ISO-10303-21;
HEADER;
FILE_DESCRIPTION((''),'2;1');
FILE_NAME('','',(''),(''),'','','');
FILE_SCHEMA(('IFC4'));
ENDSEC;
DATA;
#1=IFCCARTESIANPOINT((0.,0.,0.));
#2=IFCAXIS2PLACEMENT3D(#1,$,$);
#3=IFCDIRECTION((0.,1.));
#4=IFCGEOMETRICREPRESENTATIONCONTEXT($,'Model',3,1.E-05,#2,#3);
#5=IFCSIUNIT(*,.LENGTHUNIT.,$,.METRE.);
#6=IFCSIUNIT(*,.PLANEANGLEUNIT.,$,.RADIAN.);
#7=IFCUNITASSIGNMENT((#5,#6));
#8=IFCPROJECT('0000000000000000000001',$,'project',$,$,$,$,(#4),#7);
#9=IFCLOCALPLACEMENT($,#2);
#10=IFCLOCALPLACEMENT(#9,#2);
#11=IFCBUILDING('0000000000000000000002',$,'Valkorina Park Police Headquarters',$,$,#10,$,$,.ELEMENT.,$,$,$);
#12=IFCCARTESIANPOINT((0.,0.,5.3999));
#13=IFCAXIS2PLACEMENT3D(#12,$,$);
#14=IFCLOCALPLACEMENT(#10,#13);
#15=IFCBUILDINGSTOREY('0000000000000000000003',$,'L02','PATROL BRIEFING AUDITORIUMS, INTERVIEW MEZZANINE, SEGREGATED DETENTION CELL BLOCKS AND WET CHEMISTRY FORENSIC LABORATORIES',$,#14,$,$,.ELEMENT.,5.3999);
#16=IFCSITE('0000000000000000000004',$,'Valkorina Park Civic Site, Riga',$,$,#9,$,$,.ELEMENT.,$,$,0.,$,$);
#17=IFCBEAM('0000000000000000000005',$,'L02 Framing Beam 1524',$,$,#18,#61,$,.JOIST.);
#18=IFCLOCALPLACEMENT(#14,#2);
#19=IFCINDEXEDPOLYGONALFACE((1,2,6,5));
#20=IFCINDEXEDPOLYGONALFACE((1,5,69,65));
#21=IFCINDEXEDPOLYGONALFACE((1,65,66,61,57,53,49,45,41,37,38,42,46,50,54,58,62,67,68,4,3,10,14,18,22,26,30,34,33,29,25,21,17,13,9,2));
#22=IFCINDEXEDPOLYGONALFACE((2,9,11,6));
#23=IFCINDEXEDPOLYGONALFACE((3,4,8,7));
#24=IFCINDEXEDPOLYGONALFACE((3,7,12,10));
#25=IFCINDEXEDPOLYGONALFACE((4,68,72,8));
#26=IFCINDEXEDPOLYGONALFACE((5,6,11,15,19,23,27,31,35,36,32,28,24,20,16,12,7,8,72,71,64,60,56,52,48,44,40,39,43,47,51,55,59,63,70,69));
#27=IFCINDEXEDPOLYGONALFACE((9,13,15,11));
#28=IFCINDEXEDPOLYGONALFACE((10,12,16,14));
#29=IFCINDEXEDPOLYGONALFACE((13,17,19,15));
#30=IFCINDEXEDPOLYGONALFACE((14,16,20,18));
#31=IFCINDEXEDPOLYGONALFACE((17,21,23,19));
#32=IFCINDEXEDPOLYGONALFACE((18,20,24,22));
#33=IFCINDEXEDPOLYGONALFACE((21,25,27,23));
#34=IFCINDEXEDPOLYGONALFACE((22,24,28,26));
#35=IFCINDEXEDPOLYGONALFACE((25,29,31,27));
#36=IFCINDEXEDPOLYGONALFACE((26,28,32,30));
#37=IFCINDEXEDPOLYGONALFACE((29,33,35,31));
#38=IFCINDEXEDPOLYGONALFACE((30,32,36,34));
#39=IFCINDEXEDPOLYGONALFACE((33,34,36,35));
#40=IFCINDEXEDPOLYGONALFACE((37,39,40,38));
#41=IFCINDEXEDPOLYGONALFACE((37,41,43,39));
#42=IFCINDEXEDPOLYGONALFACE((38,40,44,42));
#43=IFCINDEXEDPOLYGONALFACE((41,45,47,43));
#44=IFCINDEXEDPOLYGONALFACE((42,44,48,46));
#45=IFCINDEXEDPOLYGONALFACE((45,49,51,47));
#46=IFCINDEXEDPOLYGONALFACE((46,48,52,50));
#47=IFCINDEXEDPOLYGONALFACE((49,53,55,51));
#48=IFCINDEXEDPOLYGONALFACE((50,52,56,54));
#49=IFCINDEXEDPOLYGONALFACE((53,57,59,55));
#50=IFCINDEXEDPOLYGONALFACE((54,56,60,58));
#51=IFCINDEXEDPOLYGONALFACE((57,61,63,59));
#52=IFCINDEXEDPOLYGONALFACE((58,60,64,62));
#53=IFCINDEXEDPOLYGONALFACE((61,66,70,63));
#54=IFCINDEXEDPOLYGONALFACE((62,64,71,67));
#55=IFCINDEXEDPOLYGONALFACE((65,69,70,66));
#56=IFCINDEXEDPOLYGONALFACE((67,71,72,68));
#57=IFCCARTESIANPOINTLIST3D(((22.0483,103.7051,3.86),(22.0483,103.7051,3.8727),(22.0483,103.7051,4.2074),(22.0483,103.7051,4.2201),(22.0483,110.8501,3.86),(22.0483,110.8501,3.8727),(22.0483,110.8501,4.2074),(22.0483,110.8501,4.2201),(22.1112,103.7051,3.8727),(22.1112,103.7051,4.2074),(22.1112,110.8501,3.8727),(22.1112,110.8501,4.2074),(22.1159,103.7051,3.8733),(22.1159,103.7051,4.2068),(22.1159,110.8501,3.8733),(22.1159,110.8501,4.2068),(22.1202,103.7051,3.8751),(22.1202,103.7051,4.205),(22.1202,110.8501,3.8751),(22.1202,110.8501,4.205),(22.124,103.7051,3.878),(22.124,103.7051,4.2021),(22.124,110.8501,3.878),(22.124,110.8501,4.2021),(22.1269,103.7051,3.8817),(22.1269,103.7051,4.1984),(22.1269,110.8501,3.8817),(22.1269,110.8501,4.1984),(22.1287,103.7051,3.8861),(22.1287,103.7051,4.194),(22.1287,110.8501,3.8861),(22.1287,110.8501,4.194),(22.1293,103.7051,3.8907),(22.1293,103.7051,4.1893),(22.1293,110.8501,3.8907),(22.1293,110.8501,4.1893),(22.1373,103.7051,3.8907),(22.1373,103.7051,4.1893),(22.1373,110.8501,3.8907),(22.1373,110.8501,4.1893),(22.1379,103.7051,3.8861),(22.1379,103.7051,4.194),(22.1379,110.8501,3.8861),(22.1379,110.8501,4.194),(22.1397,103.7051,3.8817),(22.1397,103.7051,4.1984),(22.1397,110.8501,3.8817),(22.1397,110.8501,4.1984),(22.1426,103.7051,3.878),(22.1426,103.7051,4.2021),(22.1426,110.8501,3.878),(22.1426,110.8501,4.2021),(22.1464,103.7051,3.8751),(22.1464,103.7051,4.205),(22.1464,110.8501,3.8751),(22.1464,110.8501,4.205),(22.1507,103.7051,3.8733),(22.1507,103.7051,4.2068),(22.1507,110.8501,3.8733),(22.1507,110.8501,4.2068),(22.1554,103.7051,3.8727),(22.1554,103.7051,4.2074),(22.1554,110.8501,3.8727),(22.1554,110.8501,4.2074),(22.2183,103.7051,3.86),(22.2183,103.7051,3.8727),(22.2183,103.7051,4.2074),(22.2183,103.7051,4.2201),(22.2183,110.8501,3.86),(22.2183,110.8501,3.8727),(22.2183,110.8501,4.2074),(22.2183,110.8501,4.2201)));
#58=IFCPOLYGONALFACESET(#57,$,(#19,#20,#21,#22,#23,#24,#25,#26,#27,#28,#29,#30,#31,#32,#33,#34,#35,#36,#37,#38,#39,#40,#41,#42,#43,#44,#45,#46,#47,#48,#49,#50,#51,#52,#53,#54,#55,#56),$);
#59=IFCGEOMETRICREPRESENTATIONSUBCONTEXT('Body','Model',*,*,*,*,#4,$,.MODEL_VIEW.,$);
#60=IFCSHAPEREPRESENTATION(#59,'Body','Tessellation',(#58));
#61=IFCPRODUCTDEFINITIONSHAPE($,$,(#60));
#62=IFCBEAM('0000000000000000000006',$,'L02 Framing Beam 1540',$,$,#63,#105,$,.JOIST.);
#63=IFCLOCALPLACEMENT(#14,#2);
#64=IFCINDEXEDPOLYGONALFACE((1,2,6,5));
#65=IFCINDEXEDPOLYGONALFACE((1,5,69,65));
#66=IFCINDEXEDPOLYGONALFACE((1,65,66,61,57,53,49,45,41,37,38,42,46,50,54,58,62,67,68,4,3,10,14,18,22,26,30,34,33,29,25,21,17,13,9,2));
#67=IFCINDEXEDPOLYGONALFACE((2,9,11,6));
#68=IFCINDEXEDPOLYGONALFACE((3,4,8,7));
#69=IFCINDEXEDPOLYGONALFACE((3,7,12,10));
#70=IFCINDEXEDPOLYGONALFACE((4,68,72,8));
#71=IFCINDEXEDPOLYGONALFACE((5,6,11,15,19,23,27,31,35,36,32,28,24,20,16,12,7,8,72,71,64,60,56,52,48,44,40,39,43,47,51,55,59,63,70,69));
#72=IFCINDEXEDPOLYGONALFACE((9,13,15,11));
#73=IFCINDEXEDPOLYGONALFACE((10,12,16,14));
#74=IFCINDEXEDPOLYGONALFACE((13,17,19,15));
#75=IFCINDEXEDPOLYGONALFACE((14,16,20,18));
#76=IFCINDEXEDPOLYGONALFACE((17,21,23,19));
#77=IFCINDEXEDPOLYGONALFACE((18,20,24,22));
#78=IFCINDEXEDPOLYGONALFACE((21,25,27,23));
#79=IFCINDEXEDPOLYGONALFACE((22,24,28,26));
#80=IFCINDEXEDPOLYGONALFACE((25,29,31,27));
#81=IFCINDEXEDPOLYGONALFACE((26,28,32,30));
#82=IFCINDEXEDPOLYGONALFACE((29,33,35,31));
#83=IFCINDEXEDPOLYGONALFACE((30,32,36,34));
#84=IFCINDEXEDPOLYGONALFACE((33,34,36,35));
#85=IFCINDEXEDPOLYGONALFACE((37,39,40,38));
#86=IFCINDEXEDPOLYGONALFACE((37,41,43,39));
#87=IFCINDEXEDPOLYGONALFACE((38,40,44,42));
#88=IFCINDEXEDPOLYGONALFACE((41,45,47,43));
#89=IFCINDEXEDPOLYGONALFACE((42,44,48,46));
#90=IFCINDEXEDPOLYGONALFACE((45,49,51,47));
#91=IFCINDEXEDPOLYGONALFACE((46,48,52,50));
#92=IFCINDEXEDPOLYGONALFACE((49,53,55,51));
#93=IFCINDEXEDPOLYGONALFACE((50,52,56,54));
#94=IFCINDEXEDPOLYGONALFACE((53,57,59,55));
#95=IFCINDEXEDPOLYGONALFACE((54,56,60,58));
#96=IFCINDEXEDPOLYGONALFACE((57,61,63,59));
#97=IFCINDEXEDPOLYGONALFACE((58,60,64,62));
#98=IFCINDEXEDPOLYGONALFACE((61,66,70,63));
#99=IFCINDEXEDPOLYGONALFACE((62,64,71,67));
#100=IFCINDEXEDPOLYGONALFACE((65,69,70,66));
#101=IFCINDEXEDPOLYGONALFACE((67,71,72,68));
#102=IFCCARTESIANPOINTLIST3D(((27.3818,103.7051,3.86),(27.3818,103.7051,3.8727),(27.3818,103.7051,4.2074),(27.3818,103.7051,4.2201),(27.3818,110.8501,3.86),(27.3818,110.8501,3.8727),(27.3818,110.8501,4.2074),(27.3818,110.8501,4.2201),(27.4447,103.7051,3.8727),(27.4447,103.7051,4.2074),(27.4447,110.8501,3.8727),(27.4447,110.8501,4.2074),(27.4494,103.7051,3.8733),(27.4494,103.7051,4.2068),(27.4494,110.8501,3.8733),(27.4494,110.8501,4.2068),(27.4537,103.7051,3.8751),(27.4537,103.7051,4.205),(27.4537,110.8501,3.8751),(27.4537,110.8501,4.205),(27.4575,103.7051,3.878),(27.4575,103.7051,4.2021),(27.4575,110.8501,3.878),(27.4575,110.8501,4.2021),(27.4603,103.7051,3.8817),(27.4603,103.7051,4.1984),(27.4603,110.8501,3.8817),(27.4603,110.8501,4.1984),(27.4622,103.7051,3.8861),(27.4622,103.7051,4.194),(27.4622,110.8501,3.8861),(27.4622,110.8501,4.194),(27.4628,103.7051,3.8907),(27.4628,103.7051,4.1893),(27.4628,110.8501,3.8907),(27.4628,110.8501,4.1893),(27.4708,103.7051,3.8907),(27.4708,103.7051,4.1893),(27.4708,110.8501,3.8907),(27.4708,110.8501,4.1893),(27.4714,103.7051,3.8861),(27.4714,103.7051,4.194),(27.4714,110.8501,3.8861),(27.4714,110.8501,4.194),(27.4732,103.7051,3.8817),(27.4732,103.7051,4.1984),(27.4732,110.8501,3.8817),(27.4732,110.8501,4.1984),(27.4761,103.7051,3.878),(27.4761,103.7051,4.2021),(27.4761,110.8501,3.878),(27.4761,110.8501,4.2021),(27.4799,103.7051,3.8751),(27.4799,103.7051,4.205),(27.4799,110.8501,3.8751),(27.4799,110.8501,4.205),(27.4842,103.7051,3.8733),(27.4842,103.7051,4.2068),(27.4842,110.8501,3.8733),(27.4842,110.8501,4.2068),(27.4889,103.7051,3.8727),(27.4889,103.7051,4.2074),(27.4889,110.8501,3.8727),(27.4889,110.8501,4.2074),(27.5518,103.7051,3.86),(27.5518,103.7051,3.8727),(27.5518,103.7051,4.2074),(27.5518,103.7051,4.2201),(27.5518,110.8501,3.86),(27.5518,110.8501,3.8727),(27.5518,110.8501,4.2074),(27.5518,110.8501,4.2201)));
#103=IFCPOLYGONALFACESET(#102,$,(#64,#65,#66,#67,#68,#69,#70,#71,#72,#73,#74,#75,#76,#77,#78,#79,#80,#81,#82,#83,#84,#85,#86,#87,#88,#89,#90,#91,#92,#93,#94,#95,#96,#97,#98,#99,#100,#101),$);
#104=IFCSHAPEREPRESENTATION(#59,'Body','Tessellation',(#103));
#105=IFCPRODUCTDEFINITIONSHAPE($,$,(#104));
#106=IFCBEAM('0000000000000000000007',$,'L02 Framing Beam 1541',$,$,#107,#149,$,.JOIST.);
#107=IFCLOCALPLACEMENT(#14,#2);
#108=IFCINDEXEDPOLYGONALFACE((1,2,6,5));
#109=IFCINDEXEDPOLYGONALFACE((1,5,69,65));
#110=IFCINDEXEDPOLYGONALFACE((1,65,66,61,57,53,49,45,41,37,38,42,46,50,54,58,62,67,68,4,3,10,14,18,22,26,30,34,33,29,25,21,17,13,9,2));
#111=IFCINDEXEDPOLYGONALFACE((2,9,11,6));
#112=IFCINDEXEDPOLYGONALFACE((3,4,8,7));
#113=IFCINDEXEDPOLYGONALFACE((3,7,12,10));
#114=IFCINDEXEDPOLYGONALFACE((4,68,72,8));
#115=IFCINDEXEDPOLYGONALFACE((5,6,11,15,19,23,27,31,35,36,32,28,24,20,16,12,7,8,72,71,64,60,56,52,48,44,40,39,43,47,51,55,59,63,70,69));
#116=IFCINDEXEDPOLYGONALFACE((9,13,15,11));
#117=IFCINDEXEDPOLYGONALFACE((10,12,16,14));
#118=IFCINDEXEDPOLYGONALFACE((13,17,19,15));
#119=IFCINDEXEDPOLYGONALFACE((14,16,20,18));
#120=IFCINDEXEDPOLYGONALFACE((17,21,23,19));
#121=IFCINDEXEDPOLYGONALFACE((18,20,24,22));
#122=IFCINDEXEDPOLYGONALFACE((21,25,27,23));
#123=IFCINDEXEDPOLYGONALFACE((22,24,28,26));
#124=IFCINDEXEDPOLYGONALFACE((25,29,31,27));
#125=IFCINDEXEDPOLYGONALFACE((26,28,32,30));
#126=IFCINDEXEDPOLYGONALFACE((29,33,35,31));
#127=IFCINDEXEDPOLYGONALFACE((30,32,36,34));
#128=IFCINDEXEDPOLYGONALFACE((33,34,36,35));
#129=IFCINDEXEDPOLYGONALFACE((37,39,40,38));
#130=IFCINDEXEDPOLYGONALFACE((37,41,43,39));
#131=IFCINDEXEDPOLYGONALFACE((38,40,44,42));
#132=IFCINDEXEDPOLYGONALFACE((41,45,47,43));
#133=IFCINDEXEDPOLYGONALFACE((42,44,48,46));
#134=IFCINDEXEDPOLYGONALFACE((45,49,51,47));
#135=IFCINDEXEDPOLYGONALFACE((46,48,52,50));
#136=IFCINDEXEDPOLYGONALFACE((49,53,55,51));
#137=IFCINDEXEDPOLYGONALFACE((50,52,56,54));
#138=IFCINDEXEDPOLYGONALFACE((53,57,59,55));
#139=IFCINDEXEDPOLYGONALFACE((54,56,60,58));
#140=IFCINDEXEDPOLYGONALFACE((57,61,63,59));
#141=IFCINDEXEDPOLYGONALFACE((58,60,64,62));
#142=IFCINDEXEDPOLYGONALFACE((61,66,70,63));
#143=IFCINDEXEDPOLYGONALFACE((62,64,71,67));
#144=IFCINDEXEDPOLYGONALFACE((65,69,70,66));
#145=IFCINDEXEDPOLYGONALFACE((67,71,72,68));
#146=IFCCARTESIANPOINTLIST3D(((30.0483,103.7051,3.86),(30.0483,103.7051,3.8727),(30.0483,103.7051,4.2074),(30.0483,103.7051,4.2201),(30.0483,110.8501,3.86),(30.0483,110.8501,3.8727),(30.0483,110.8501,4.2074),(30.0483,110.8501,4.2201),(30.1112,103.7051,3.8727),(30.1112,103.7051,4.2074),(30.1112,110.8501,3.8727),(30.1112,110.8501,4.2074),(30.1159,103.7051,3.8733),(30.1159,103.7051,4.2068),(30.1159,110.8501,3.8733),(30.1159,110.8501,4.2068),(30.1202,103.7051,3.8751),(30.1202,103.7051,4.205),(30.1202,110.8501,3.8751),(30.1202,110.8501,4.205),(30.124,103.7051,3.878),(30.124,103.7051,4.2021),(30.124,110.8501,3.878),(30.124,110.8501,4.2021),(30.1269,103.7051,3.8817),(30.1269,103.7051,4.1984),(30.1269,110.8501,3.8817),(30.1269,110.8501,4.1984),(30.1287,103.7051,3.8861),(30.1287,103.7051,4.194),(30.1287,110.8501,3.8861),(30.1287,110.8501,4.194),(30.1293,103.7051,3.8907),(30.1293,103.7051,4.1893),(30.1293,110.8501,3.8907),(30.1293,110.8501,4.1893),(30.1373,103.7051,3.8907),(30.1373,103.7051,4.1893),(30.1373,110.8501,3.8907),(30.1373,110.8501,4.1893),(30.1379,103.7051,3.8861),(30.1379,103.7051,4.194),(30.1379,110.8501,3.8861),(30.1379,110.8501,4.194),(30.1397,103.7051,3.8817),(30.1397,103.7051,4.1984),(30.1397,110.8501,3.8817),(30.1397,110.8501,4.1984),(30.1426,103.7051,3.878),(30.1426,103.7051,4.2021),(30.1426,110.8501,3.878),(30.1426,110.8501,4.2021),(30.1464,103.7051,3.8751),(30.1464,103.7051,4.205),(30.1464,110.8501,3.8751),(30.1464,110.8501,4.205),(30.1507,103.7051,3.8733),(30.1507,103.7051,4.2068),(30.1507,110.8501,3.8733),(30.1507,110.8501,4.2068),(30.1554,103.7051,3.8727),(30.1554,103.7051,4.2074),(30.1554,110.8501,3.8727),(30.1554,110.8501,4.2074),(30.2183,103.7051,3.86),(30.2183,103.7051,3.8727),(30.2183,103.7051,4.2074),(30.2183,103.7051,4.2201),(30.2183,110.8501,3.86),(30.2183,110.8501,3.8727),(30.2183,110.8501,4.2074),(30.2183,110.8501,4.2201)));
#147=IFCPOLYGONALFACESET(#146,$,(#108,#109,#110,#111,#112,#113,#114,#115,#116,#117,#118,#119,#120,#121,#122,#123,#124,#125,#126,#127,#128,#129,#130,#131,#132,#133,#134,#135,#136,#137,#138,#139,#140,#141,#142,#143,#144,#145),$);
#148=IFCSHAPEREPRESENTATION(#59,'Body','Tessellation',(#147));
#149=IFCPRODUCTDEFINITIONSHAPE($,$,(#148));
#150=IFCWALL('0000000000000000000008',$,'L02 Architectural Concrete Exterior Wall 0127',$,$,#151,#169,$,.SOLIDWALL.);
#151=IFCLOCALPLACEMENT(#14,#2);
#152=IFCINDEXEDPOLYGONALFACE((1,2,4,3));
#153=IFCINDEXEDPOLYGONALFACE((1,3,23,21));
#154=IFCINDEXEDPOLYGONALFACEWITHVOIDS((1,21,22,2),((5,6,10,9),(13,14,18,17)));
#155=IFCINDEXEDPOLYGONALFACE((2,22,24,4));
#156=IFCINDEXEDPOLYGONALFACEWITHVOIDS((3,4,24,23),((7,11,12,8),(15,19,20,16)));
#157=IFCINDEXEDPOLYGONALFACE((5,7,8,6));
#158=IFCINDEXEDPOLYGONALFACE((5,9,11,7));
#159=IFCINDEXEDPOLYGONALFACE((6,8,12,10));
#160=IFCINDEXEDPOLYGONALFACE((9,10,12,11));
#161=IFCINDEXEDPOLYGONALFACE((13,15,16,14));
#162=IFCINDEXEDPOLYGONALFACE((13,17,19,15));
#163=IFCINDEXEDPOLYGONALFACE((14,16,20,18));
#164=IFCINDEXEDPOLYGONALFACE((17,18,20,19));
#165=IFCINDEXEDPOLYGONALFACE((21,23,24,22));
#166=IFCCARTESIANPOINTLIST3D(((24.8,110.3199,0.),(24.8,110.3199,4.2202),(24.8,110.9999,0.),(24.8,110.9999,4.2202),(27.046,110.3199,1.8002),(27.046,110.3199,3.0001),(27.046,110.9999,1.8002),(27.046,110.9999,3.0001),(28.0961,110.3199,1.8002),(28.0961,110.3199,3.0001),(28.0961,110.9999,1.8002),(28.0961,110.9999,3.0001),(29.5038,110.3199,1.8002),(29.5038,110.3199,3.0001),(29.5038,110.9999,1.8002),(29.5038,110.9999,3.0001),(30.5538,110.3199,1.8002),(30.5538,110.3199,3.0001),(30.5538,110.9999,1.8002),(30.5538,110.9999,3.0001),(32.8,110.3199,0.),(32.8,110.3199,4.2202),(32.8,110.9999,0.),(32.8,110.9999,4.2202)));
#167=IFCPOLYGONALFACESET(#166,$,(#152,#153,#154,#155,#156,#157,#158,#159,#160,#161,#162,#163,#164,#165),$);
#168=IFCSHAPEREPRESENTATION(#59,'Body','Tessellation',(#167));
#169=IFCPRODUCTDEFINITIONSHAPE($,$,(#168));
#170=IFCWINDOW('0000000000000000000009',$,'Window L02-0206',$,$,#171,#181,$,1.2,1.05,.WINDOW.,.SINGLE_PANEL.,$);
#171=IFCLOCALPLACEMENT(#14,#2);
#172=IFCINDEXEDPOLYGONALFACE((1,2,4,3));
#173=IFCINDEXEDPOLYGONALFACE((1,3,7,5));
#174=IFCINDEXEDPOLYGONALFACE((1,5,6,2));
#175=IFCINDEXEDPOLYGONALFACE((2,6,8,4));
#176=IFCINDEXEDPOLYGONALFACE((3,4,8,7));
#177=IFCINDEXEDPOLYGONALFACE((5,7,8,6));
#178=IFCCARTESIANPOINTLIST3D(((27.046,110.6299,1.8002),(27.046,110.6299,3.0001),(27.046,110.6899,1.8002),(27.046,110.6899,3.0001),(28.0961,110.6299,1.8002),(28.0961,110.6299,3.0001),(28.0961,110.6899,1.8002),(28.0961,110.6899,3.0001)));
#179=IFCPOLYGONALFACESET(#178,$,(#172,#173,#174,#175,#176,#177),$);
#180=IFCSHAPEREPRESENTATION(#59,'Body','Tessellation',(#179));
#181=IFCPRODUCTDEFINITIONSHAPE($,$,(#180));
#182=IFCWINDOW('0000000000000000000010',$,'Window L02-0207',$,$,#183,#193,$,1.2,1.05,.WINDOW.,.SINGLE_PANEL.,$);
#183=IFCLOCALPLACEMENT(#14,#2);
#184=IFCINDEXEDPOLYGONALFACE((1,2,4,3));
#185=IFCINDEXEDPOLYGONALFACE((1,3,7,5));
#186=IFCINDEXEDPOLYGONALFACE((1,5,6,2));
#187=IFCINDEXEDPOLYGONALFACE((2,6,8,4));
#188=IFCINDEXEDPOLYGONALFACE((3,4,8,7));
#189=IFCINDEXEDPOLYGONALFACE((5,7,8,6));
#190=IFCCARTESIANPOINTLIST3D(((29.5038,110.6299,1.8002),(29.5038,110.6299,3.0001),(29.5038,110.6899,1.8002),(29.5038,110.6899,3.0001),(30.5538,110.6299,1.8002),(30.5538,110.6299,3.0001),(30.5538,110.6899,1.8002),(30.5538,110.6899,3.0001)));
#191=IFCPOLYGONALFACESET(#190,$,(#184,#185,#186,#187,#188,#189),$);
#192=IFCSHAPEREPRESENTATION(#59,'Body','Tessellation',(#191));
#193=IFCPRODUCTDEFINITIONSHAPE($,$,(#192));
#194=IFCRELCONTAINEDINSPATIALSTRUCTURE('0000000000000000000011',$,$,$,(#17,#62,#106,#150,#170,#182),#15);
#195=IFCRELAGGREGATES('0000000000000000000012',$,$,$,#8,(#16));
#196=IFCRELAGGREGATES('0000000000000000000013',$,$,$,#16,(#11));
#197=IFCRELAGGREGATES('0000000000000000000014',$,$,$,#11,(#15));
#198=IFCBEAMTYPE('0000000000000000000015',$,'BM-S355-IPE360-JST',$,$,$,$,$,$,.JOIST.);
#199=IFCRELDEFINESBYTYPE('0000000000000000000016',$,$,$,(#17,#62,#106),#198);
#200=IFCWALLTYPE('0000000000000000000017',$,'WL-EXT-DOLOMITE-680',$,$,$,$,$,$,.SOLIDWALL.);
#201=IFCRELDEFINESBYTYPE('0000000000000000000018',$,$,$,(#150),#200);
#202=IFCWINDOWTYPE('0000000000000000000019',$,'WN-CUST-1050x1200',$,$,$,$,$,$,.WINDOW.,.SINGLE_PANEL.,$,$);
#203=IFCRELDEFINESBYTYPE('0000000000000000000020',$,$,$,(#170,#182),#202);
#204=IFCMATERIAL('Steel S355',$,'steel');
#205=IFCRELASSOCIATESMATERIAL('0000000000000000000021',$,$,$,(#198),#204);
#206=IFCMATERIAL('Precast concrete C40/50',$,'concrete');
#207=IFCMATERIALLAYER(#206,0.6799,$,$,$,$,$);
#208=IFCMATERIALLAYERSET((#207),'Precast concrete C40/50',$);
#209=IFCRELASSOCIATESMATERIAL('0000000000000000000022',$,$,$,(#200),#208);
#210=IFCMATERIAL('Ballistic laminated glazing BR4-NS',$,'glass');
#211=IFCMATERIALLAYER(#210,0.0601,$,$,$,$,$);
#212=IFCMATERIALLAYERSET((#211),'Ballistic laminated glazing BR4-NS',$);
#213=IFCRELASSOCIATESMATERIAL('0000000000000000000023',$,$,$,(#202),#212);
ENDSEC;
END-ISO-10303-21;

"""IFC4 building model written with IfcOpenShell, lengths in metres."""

from ifc_helpers import new_model, si_unit, direction, frame, frame_2d, origin, origin_2d, place, context, subcontext, project, spatial, rectangle, i_section, extrude, material, layer, layer_set, material_profile, profile_set, type_object, element, fill, save


model = new_model("IFC4")

# Units and contexts
model_context = context("Model", 3, precision=1e-05, world=origin(), true_north=direction((0.0, 1.0)))
body_context = subcontext(model_context, "Body", "Model", "MODEL_VIEW")
ifc_project = project(units=[si_unit("LENGTHUNIT", "METRE"), si_unit("PLANEANGLEUNIT", "RADIAN")], contexts=[model_context])

# Site, building, storey
site_placement = place(None, origin())
site = spatial("IfcSite", under=ifc_project, at=site_placement, Name="Valkorina Park Civic Site, Riga", CompositionType="ELEMENT", RefElevation=0.0)
building_placement = place(site_placement, origin())
building = spatial("IfcBuilding", under=site, at=building_placement, Name="Valkorina Park Police Headquarters", CompositionType="ELEMENT")
storey_placement = place(building_placement, frame((0.0, 0.0, 5.3999)))
storey = spatial("IfcBuildingStorey", under=building, at=storey_placement, Name="L02", Description="PATROL BRIEFING AUDITORIUMS, INTERVIEW MEZZANINE, SEGREGATED DETENTION CELL BLOCKS AND WET CHEMISTRY FORENSIC LABORATORIES", CompositionType="ELEMENT", Elevation=5.3999)

# Shared definitions
ifc_material_1 = material(Name="Steel S355", Category="steel")

# Beams
ifc_material_profile_1 = material_profile(ifc_material_1, i_section(OverallWidth=0.1699, OverallDepth=0.3601, WebThickness=0.0081, FlangeThickness=0.0127, FilletRadius=0.0181, at=origin_2d()), Name="IPE 360")
ifc_profile_set_1 = profile_set([ifc_material_profile_1], Name="Steel S355")
beam_type_1 = type_object("IfcBeamType", Name="BM-S355-IPE360-JST", PredefinedType="JOIST", material=ifc_profile_set_1)
for number, where, z_axis, x_axis, name in (
    (1, (22.1333, 103.7051, 4.04), (0.0, 1.0, 0.0), (-1.0, 0.0, 0.0), "L02 Framing Beam 1524"),
    (2, (27.4668, 103.7051, 4.04), (0.0, 1.0, 0.0), (-1.0, 0.0, 0.0), "L02 Framing Beam 1540"),
    (3, (30.1333, 103.7051, 4.04), (0.0, 1.0, 0.0), (-1.0, 0.0, 0.0), "L02 Framing Beam 1541"),
):
    element("IfcBeam", number, at=place(storey_placement, frame(where, z_axis=z_axis, x_axis=x_axis)), inside=storey, type_object=beam_type_1, Name=name, PredefinedType="JOIST", context=body_context, shape_type="SweptSolid", body=[
        extrude(i_section(OverallWidth=0.1699, OverallDepth=0.3601, WebThickness=0.0081, FlangeThickness=0.0127, FilletRadius=0.0181, at=origin_2d()), origin(), (0.0, 0.0, 1.0), 7.145),
    ])

# Wall, openings, windows
ifc_material_2 = material(Name="Precast concrete C40/50", Category="concrete")
ifc_layer_1 = layer(ifc_material_2, 0.6799)
ifc_layer_set_1 = layer_set([ifc_layer_1], Name="Precast concrete C40/50")
wall_type = type_object("IfcWallType", Name="WL-EXT-DOLOMITE-680", PredefinedType="SOLIDWALL", material=ifc_layer_set_1)
wall_placement = place(storey_placement, frame((24.8, 110.6599, 0.0), z_axis=(0.0, 0.0, 1.0), x_axis=(1.0, 0.0, 0.0)))
wall = element("IfcWall", 4, at=wall_placement, inside=storey, type_object=wall_type, Name="L02 Architectural Concrete Exterior Wall 0127", PredefinedType="SOLIDWALL", context=body_context, shape_type="SweptSolid", body=[
    extrude(rectangle(XDim=8.0, YDim=0.6799, at=frame_2d((4.0, 0.0))), origin(), (0.0, 0.0, 1.0), 4.2202),
])
opening_1_placement = place(wall_placement, frame((2.2461, 0.0, 1.8)))
opening_1 = element("IfcOpeningElement", 5, at=opening_1_placement, cuts=wall, PredefinedType="OPENING", context=body_context, shape_type="SweptSolid", body=[
    extrude(rectangle(XDim=1.05, YDim=1.2, at=frame_2d((0.5249, 0.6001))), frame((0.0, 0.3501, 0.0), z_axis=(0.0, -1.0, 0.0), x_axis=(1.0, 0.0, 0.0)), (0.0, 0.0, 1.0), 0.7),
])
opening_2_placement = place(wall_placement, frame((4.7039, 0.0, 1.8)))
opening_2 = element("IfcOpeningElement", 6, at=opening_2_placement, cuts=wall, PredefinedType="OPENING", context=body_context, shape_type="SweptSolid", body=[
    extrude(rectangle(XDim=1.05, YDim=1.2, at=frame_2d((0.5249, 0.6001))), frame((0.0, 0.3501, 0.0), z_axis=(0.0, -1.0, 0.0), x_axis=(1.0, 0.0, 0.0)), (0.0, 0.0, 1.0), 0.7),
])
ifc_material_3 = material(Name="Ballistic laminated glazing BR4-NS", Category="glass")
ifc_layer_2 = layer(ifc_material_3, 0.0601)
ifc_layer_set_2 = layer_set([ifc_layer_2], Name="Ballistic laminated glazing BR4-NS")
window_type = type_object("IfcWindowType", Name="WN-CUST-1050x1200", PartitioningType="SINGLE_PANEL", PredefinedType="WINDOW", material=ifc_layer_set_2)
window_1_placement = place(opening_1_placement, origin())
window_1 = element("IfcWindow", 7, at=window_1_placement, inside=storey, type_object=window_type, Name="Window L02-0206", OverallHeight=1.2, OverallWidth=1.05, PartitioningType="SINGLE_PANEL", PredefinedType="WINDOW", context=body_context, shape_type="SweptSolid", body=[
    extrude(rectangle(XDim=1.05, YDim=1.2, at=frame_2d((0.5249, 0.6001))), frame((0.0, 0.03, 0.0), z_axis=(0.0, -1.0, 0.0), x_axis=(1.0, 0.0, 0.0)), (0.0, 0.0, 1.0), 0.0601),
])
fill(opening_1, window_1)
window_2_placement = place(opening_2_placement, origin())
window_2 = element("IfcWindow", 8, at=window_2_placement, inside=storey, type_object=window_type, Name="Window L02-0207", OverallHeight=1.2, OverallWidth=1.05, PartitioningType="SINGLE_PANEL", PredefinedType="WINDOW", context=body_context, shape_type="SweptSolid", body=[
    extrude(rectangle(XDim=1.05, YDim=1.2, at=frame_2d((0.5249, 0.6001))), frame((0.0, 0.03, 0.0), z_axis=(0.0, -1.0, 0.0), x_axis=(1.0, 0.0, 0.0)), (0.0, 0.0, 1.0), 0.0601),
])
fill(opening_2, window_2)

save(model, "model.ifc")
